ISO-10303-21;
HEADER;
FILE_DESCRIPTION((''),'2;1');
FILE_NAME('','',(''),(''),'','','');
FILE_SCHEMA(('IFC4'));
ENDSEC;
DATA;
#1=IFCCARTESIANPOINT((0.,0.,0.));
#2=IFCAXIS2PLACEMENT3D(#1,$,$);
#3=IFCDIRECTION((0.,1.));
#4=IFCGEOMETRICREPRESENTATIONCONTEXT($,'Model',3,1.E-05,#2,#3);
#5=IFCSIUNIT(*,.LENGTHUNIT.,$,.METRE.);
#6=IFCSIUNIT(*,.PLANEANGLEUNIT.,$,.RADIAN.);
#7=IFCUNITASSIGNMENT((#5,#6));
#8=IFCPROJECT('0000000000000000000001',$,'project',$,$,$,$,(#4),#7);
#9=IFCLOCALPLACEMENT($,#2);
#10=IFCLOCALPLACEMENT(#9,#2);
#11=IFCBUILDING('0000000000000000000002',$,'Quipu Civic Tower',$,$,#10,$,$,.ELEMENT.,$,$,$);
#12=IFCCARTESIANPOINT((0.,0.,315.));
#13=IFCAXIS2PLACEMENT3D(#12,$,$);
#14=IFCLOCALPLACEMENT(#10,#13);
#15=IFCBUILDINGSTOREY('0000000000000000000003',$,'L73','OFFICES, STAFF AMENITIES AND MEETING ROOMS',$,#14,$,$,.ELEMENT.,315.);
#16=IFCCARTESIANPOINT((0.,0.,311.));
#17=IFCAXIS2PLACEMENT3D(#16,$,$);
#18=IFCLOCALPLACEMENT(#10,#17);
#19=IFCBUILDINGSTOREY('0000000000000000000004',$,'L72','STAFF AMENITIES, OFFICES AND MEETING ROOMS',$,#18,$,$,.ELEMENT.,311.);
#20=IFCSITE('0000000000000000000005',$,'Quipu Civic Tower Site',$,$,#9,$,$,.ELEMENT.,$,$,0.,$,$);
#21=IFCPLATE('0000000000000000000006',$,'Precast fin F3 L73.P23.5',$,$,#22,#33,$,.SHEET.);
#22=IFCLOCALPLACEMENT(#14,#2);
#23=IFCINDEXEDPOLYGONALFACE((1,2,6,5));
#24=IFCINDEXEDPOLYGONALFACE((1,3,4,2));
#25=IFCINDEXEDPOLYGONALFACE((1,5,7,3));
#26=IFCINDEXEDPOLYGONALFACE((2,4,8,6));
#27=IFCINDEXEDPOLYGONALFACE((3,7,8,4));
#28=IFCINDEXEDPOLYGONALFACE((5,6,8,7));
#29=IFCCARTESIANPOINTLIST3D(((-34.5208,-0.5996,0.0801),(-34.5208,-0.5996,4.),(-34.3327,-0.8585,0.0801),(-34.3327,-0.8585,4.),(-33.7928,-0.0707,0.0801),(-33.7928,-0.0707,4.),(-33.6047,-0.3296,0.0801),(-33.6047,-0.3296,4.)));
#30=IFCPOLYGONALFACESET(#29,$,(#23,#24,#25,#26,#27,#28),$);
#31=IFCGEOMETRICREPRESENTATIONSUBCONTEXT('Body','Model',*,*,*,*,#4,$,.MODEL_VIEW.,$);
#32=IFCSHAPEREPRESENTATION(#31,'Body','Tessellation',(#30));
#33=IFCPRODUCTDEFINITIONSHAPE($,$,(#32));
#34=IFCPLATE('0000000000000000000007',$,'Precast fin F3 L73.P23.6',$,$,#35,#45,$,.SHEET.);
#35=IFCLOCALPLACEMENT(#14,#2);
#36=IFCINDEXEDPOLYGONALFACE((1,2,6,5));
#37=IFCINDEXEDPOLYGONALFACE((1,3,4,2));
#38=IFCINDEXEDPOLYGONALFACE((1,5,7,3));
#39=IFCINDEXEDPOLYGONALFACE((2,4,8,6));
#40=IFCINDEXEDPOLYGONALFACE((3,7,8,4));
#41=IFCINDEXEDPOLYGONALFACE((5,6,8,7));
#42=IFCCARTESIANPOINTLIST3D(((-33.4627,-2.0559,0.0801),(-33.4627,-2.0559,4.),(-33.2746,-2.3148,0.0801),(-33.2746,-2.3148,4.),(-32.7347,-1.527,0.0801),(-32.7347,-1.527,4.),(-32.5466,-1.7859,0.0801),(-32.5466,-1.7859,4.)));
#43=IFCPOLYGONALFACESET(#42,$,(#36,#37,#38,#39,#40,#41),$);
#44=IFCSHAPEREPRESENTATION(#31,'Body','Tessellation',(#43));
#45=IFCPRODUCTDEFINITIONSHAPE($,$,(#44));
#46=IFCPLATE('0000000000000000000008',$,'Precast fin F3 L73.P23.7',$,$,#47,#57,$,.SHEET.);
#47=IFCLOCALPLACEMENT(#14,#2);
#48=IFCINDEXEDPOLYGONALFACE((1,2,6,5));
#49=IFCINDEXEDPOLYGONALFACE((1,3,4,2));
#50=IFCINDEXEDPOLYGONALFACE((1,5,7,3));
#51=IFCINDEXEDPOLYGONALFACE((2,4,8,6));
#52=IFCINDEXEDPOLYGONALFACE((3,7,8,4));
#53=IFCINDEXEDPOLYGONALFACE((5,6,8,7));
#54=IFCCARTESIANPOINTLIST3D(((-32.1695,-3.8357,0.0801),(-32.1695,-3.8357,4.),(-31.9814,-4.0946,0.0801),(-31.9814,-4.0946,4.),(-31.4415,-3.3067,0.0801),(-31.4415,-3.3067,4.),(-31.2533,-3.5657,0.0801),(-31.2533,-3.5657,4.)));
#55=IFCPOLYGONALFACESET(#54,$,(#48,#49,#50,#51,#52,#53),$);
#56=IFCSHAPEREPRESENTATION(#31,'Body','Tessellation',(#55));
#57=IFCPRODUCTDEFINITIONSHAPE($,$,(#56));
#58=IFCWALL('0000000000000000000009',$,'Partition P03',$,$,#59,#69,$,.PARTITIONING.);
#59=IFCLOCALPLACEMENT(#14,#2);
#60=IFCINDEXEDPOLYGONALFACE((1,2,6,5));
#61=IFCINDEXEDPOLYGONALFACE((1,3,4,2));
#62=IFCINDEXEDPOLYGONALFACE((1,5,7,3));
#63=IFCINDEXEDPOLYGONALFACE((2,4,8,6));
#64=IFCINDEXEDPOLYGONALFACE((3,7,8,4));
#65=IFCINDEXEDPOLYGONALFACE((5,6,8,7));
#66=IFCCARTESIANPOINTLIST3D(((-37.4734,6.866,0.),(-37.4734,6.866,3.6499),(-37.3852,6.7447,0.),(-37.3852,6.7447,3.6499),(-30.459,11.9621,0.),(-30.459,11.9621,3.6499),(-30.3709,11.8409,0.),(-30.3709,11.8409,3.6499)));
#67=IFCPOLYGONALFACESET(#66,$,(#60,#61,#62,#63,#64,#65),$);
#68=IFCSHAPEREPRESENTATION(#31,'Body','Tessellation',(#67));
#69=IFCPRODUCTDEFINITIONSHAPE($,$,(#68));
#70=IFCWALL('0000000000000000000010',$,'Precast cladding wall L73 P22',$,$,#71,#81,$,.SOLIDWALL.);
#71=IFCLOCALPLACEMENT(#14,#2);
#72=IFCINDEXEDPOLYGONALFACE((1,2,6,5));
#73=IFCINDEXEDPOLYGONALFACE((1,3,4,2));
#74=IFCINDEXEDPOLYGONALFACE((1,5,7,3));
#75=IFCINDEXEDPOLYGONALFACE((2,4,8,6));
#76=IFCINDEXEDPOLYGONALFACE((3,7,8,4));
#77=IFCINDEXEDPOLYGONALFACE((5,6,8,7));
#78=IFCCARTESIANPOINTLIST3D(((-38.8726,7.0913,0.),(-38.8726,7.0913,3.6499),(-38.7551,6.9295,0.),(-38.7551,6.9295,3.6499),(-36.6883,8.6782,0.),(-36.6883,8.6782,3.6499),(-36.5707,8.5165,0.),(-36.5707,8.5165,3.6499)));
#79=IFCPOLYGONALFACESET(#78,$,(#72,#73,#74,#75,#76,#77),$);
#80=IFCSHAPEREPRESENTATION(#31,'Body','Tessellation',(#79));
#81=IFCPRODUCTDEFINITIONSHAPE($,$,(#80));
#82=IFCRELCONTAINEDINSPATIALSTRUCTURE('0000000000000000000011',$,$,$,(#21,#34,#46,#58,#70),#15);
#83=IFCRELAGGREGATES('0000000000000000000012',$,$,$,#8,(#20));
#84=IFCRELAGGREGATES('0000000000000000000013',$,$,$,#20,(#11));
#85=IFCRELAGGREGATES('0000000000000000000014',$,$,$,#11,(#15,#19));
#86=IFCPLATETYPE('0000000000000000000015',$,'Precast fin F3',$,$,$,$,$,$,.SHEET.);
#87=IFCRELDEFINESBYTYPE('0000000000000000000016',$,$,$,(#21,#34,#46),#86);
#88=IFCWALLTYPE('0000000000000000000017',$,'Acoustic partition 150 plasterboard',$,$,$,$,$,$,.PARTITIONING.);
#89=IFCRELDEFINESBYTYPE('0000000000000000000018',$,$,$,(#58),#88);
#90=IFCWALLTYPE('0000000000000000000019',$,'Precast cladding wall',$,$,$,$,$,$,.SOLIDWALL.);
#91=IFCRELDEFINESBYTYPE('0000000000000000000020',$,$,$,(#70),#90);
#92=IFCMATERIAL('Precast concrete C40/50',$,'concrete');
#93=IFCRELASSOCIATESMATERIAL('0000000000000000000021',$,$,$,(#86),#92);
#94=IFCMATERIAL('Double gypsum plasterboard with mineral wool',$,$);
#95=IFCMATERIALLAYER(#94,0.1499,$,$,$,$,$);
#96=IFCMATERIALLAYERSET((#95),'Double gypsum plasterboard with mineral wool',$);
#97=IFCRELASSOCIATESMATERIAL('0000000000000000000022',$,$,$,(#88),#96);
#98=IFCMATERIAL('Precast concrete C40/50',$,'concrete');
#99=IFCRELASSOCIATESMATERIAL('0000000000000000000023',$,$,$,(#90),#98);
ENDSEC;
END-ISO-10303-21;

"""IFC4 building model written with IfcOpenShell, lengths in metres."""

from ifc_helpers import new_model, si_unit, direction, frame, frame_2d, origin, origin_2d, place, context, subcontext, project, spatial, rectangle, extrude, material, layer, layer_set, type_object, element, save


model = new_model("IFC4")

# Units and contexts
model_context = context("Model", 3, precision=1e-05, world=origin(), true_north=direction((0.0, 1.0)))
body_context = subcontext(model_context, "Body", "Model", "MODEL_VIEW")
ifc_project = project(units=[si_unit("LENGTHUNIT", "METRE"), si_unit("PLANEANGLEUNIT", "RADIAN")], contexts=[model_context])

# Site, building, storey
site_placement = place(None, origin())
site = spatial("IfcSite", under=ifc_project, at=site_placement, Name="Quipu Civic Tower Site", CompositionType="ELEMENT", RefElevation=0.0)
building_placement = place(site_placement, origin())
building = spatial("IfcBuilding", under=site, at=building_placement, Name="Quipu Civic Tower", CompositionType="ELEMENT")
storey_1_placement = place(building_placement, frame((0.0, 0.0, 315.0)))
storey_1 = spatial("IfcBuildingStorey", under=building, at=storey_1_placement, Name="L73", Description="OFFICES, STAFF AMENITIES AND MEETING ROOMS", CompositionType="ELEMENT", Elevation=315.0)

# Shared definitions
storey_2_placement = place(building_placement, frame((0.0, 0.0, 311.0)))
storey_2 = spatial("IfcBuildingStorey", under=building, at=storey_2_placement, Name="L72", Description="STAFF AMENITIES, OFFICES AND MEETING ROOMS", CompositionType="ELEMENT", Elevation=311.0)

# Plates
ifc_material_1 = material(Name="Precast concrete C40/50", Category="concrete")
plate_type_1 = type_object("IfcPlateType", Name="Precast fin F3", PredefinedType="SHEET", material=ifc_material_1)
for number, where, z_axis, x_axis, name in (
    (1, (-34.0627, -0.4646, 0.0801), (0.0, 0.0, 1.0), (0.587787, -0.809016, 0.0), "Precast fin F3 L73.P23.5"),
    (2, (-33.0046, -1.9209, 0.0801), (0.0, 0.0, 1.0), (0.587787, -0.809016, 0.0), "Precast fin F3 L73.P23.6"),
    (3, (-31.7114, -3.7007, 0.0801), (0.0, 0.0, 1.0), (0.587787, -0.809016, 0.0), "Precast fin F3 L73.P23.7"),
):
    element("IfcPlate", number, at=place(storey_1_placement, frame(where, z_axis=z_axis, x_axis=x_axis)), inside=storey_1, type_object=plate_type_1, Name=name, PredefinedType="SHEET", context=body_context, shape_type="SweptSolid", body=[
        extrude(rectangle(XDim=0.3201, YDim=0.8999, at=origin_2d()), origin(), (0.0, 0.0, 1.0), 3.9199),
    ])

# Walls
ifc_material_2 = material(Name="Double gypsum plasterboard with mineral wool")
ifc_layer_1 = layer(ifc_material_2, 0.1499)
ifc_layer_set_1 = layer_set([ifc_layer_1], Name="Double gypsum plasterboard with mineral wool")
wall_type_1 = type_object("IfcWallType", Name="Acoustic partition 150 plasterboard", PredefinedType="PARTITIONING", material=ifc_layer_set_1)
wall_1_placement = place(storey_1_placement, frame((-37.4292, 6.8054, 0.0), z_axis=(0.0, 0.0, 1.0), x_axis=(0.809021, 0.58778, 0.0)))
element("IfcWall", 4, at=wall_1_placement, inside=storey_1, type_object=wall_type_1, Name="Partition P03", PredefinedType="PARTITIONING", context=body_context, shape_type="SweptSolid", body=[
    extrude(rectangle(XDim=8.6702, YDim=0.1499, at=frame_2d((4.335, 0.0))), origin(), (0.0, 0.0, 1.0), 3.6499),
])
ifc_material_3 = material(Name="Precast concrete C40/50", Category="concrete")
wall_type_2 = type_object("IfcWallType", Name="Precast cladding wall", PredefinedType="SOLIDWALL", material=ifc_material_3)
wall_2_placement = place(storey_1_placement, frame((-36.6294, 8.5974, 0.0), z_axis=(0.0, 0.0, 1.0), x_axis=(-0.809033, -0.587763, 0.0)))
element("IfcWall", 5, at=wall_2_placement, inside=storey_1, type_object=wall_type_2, Name="Precast cladding wall L73 P22", PredefinedType="SOLIDWALL", context=body_context, shape_type="SweptSolid", body=[
    extrude(rectangle(XDim=2.7, YDim=0.2, at=frame_2d((1.3501, 0.0))), origin(), (0.0, 0.0, 1.0), 3.6499),
])

save(model, "model.ifc")
